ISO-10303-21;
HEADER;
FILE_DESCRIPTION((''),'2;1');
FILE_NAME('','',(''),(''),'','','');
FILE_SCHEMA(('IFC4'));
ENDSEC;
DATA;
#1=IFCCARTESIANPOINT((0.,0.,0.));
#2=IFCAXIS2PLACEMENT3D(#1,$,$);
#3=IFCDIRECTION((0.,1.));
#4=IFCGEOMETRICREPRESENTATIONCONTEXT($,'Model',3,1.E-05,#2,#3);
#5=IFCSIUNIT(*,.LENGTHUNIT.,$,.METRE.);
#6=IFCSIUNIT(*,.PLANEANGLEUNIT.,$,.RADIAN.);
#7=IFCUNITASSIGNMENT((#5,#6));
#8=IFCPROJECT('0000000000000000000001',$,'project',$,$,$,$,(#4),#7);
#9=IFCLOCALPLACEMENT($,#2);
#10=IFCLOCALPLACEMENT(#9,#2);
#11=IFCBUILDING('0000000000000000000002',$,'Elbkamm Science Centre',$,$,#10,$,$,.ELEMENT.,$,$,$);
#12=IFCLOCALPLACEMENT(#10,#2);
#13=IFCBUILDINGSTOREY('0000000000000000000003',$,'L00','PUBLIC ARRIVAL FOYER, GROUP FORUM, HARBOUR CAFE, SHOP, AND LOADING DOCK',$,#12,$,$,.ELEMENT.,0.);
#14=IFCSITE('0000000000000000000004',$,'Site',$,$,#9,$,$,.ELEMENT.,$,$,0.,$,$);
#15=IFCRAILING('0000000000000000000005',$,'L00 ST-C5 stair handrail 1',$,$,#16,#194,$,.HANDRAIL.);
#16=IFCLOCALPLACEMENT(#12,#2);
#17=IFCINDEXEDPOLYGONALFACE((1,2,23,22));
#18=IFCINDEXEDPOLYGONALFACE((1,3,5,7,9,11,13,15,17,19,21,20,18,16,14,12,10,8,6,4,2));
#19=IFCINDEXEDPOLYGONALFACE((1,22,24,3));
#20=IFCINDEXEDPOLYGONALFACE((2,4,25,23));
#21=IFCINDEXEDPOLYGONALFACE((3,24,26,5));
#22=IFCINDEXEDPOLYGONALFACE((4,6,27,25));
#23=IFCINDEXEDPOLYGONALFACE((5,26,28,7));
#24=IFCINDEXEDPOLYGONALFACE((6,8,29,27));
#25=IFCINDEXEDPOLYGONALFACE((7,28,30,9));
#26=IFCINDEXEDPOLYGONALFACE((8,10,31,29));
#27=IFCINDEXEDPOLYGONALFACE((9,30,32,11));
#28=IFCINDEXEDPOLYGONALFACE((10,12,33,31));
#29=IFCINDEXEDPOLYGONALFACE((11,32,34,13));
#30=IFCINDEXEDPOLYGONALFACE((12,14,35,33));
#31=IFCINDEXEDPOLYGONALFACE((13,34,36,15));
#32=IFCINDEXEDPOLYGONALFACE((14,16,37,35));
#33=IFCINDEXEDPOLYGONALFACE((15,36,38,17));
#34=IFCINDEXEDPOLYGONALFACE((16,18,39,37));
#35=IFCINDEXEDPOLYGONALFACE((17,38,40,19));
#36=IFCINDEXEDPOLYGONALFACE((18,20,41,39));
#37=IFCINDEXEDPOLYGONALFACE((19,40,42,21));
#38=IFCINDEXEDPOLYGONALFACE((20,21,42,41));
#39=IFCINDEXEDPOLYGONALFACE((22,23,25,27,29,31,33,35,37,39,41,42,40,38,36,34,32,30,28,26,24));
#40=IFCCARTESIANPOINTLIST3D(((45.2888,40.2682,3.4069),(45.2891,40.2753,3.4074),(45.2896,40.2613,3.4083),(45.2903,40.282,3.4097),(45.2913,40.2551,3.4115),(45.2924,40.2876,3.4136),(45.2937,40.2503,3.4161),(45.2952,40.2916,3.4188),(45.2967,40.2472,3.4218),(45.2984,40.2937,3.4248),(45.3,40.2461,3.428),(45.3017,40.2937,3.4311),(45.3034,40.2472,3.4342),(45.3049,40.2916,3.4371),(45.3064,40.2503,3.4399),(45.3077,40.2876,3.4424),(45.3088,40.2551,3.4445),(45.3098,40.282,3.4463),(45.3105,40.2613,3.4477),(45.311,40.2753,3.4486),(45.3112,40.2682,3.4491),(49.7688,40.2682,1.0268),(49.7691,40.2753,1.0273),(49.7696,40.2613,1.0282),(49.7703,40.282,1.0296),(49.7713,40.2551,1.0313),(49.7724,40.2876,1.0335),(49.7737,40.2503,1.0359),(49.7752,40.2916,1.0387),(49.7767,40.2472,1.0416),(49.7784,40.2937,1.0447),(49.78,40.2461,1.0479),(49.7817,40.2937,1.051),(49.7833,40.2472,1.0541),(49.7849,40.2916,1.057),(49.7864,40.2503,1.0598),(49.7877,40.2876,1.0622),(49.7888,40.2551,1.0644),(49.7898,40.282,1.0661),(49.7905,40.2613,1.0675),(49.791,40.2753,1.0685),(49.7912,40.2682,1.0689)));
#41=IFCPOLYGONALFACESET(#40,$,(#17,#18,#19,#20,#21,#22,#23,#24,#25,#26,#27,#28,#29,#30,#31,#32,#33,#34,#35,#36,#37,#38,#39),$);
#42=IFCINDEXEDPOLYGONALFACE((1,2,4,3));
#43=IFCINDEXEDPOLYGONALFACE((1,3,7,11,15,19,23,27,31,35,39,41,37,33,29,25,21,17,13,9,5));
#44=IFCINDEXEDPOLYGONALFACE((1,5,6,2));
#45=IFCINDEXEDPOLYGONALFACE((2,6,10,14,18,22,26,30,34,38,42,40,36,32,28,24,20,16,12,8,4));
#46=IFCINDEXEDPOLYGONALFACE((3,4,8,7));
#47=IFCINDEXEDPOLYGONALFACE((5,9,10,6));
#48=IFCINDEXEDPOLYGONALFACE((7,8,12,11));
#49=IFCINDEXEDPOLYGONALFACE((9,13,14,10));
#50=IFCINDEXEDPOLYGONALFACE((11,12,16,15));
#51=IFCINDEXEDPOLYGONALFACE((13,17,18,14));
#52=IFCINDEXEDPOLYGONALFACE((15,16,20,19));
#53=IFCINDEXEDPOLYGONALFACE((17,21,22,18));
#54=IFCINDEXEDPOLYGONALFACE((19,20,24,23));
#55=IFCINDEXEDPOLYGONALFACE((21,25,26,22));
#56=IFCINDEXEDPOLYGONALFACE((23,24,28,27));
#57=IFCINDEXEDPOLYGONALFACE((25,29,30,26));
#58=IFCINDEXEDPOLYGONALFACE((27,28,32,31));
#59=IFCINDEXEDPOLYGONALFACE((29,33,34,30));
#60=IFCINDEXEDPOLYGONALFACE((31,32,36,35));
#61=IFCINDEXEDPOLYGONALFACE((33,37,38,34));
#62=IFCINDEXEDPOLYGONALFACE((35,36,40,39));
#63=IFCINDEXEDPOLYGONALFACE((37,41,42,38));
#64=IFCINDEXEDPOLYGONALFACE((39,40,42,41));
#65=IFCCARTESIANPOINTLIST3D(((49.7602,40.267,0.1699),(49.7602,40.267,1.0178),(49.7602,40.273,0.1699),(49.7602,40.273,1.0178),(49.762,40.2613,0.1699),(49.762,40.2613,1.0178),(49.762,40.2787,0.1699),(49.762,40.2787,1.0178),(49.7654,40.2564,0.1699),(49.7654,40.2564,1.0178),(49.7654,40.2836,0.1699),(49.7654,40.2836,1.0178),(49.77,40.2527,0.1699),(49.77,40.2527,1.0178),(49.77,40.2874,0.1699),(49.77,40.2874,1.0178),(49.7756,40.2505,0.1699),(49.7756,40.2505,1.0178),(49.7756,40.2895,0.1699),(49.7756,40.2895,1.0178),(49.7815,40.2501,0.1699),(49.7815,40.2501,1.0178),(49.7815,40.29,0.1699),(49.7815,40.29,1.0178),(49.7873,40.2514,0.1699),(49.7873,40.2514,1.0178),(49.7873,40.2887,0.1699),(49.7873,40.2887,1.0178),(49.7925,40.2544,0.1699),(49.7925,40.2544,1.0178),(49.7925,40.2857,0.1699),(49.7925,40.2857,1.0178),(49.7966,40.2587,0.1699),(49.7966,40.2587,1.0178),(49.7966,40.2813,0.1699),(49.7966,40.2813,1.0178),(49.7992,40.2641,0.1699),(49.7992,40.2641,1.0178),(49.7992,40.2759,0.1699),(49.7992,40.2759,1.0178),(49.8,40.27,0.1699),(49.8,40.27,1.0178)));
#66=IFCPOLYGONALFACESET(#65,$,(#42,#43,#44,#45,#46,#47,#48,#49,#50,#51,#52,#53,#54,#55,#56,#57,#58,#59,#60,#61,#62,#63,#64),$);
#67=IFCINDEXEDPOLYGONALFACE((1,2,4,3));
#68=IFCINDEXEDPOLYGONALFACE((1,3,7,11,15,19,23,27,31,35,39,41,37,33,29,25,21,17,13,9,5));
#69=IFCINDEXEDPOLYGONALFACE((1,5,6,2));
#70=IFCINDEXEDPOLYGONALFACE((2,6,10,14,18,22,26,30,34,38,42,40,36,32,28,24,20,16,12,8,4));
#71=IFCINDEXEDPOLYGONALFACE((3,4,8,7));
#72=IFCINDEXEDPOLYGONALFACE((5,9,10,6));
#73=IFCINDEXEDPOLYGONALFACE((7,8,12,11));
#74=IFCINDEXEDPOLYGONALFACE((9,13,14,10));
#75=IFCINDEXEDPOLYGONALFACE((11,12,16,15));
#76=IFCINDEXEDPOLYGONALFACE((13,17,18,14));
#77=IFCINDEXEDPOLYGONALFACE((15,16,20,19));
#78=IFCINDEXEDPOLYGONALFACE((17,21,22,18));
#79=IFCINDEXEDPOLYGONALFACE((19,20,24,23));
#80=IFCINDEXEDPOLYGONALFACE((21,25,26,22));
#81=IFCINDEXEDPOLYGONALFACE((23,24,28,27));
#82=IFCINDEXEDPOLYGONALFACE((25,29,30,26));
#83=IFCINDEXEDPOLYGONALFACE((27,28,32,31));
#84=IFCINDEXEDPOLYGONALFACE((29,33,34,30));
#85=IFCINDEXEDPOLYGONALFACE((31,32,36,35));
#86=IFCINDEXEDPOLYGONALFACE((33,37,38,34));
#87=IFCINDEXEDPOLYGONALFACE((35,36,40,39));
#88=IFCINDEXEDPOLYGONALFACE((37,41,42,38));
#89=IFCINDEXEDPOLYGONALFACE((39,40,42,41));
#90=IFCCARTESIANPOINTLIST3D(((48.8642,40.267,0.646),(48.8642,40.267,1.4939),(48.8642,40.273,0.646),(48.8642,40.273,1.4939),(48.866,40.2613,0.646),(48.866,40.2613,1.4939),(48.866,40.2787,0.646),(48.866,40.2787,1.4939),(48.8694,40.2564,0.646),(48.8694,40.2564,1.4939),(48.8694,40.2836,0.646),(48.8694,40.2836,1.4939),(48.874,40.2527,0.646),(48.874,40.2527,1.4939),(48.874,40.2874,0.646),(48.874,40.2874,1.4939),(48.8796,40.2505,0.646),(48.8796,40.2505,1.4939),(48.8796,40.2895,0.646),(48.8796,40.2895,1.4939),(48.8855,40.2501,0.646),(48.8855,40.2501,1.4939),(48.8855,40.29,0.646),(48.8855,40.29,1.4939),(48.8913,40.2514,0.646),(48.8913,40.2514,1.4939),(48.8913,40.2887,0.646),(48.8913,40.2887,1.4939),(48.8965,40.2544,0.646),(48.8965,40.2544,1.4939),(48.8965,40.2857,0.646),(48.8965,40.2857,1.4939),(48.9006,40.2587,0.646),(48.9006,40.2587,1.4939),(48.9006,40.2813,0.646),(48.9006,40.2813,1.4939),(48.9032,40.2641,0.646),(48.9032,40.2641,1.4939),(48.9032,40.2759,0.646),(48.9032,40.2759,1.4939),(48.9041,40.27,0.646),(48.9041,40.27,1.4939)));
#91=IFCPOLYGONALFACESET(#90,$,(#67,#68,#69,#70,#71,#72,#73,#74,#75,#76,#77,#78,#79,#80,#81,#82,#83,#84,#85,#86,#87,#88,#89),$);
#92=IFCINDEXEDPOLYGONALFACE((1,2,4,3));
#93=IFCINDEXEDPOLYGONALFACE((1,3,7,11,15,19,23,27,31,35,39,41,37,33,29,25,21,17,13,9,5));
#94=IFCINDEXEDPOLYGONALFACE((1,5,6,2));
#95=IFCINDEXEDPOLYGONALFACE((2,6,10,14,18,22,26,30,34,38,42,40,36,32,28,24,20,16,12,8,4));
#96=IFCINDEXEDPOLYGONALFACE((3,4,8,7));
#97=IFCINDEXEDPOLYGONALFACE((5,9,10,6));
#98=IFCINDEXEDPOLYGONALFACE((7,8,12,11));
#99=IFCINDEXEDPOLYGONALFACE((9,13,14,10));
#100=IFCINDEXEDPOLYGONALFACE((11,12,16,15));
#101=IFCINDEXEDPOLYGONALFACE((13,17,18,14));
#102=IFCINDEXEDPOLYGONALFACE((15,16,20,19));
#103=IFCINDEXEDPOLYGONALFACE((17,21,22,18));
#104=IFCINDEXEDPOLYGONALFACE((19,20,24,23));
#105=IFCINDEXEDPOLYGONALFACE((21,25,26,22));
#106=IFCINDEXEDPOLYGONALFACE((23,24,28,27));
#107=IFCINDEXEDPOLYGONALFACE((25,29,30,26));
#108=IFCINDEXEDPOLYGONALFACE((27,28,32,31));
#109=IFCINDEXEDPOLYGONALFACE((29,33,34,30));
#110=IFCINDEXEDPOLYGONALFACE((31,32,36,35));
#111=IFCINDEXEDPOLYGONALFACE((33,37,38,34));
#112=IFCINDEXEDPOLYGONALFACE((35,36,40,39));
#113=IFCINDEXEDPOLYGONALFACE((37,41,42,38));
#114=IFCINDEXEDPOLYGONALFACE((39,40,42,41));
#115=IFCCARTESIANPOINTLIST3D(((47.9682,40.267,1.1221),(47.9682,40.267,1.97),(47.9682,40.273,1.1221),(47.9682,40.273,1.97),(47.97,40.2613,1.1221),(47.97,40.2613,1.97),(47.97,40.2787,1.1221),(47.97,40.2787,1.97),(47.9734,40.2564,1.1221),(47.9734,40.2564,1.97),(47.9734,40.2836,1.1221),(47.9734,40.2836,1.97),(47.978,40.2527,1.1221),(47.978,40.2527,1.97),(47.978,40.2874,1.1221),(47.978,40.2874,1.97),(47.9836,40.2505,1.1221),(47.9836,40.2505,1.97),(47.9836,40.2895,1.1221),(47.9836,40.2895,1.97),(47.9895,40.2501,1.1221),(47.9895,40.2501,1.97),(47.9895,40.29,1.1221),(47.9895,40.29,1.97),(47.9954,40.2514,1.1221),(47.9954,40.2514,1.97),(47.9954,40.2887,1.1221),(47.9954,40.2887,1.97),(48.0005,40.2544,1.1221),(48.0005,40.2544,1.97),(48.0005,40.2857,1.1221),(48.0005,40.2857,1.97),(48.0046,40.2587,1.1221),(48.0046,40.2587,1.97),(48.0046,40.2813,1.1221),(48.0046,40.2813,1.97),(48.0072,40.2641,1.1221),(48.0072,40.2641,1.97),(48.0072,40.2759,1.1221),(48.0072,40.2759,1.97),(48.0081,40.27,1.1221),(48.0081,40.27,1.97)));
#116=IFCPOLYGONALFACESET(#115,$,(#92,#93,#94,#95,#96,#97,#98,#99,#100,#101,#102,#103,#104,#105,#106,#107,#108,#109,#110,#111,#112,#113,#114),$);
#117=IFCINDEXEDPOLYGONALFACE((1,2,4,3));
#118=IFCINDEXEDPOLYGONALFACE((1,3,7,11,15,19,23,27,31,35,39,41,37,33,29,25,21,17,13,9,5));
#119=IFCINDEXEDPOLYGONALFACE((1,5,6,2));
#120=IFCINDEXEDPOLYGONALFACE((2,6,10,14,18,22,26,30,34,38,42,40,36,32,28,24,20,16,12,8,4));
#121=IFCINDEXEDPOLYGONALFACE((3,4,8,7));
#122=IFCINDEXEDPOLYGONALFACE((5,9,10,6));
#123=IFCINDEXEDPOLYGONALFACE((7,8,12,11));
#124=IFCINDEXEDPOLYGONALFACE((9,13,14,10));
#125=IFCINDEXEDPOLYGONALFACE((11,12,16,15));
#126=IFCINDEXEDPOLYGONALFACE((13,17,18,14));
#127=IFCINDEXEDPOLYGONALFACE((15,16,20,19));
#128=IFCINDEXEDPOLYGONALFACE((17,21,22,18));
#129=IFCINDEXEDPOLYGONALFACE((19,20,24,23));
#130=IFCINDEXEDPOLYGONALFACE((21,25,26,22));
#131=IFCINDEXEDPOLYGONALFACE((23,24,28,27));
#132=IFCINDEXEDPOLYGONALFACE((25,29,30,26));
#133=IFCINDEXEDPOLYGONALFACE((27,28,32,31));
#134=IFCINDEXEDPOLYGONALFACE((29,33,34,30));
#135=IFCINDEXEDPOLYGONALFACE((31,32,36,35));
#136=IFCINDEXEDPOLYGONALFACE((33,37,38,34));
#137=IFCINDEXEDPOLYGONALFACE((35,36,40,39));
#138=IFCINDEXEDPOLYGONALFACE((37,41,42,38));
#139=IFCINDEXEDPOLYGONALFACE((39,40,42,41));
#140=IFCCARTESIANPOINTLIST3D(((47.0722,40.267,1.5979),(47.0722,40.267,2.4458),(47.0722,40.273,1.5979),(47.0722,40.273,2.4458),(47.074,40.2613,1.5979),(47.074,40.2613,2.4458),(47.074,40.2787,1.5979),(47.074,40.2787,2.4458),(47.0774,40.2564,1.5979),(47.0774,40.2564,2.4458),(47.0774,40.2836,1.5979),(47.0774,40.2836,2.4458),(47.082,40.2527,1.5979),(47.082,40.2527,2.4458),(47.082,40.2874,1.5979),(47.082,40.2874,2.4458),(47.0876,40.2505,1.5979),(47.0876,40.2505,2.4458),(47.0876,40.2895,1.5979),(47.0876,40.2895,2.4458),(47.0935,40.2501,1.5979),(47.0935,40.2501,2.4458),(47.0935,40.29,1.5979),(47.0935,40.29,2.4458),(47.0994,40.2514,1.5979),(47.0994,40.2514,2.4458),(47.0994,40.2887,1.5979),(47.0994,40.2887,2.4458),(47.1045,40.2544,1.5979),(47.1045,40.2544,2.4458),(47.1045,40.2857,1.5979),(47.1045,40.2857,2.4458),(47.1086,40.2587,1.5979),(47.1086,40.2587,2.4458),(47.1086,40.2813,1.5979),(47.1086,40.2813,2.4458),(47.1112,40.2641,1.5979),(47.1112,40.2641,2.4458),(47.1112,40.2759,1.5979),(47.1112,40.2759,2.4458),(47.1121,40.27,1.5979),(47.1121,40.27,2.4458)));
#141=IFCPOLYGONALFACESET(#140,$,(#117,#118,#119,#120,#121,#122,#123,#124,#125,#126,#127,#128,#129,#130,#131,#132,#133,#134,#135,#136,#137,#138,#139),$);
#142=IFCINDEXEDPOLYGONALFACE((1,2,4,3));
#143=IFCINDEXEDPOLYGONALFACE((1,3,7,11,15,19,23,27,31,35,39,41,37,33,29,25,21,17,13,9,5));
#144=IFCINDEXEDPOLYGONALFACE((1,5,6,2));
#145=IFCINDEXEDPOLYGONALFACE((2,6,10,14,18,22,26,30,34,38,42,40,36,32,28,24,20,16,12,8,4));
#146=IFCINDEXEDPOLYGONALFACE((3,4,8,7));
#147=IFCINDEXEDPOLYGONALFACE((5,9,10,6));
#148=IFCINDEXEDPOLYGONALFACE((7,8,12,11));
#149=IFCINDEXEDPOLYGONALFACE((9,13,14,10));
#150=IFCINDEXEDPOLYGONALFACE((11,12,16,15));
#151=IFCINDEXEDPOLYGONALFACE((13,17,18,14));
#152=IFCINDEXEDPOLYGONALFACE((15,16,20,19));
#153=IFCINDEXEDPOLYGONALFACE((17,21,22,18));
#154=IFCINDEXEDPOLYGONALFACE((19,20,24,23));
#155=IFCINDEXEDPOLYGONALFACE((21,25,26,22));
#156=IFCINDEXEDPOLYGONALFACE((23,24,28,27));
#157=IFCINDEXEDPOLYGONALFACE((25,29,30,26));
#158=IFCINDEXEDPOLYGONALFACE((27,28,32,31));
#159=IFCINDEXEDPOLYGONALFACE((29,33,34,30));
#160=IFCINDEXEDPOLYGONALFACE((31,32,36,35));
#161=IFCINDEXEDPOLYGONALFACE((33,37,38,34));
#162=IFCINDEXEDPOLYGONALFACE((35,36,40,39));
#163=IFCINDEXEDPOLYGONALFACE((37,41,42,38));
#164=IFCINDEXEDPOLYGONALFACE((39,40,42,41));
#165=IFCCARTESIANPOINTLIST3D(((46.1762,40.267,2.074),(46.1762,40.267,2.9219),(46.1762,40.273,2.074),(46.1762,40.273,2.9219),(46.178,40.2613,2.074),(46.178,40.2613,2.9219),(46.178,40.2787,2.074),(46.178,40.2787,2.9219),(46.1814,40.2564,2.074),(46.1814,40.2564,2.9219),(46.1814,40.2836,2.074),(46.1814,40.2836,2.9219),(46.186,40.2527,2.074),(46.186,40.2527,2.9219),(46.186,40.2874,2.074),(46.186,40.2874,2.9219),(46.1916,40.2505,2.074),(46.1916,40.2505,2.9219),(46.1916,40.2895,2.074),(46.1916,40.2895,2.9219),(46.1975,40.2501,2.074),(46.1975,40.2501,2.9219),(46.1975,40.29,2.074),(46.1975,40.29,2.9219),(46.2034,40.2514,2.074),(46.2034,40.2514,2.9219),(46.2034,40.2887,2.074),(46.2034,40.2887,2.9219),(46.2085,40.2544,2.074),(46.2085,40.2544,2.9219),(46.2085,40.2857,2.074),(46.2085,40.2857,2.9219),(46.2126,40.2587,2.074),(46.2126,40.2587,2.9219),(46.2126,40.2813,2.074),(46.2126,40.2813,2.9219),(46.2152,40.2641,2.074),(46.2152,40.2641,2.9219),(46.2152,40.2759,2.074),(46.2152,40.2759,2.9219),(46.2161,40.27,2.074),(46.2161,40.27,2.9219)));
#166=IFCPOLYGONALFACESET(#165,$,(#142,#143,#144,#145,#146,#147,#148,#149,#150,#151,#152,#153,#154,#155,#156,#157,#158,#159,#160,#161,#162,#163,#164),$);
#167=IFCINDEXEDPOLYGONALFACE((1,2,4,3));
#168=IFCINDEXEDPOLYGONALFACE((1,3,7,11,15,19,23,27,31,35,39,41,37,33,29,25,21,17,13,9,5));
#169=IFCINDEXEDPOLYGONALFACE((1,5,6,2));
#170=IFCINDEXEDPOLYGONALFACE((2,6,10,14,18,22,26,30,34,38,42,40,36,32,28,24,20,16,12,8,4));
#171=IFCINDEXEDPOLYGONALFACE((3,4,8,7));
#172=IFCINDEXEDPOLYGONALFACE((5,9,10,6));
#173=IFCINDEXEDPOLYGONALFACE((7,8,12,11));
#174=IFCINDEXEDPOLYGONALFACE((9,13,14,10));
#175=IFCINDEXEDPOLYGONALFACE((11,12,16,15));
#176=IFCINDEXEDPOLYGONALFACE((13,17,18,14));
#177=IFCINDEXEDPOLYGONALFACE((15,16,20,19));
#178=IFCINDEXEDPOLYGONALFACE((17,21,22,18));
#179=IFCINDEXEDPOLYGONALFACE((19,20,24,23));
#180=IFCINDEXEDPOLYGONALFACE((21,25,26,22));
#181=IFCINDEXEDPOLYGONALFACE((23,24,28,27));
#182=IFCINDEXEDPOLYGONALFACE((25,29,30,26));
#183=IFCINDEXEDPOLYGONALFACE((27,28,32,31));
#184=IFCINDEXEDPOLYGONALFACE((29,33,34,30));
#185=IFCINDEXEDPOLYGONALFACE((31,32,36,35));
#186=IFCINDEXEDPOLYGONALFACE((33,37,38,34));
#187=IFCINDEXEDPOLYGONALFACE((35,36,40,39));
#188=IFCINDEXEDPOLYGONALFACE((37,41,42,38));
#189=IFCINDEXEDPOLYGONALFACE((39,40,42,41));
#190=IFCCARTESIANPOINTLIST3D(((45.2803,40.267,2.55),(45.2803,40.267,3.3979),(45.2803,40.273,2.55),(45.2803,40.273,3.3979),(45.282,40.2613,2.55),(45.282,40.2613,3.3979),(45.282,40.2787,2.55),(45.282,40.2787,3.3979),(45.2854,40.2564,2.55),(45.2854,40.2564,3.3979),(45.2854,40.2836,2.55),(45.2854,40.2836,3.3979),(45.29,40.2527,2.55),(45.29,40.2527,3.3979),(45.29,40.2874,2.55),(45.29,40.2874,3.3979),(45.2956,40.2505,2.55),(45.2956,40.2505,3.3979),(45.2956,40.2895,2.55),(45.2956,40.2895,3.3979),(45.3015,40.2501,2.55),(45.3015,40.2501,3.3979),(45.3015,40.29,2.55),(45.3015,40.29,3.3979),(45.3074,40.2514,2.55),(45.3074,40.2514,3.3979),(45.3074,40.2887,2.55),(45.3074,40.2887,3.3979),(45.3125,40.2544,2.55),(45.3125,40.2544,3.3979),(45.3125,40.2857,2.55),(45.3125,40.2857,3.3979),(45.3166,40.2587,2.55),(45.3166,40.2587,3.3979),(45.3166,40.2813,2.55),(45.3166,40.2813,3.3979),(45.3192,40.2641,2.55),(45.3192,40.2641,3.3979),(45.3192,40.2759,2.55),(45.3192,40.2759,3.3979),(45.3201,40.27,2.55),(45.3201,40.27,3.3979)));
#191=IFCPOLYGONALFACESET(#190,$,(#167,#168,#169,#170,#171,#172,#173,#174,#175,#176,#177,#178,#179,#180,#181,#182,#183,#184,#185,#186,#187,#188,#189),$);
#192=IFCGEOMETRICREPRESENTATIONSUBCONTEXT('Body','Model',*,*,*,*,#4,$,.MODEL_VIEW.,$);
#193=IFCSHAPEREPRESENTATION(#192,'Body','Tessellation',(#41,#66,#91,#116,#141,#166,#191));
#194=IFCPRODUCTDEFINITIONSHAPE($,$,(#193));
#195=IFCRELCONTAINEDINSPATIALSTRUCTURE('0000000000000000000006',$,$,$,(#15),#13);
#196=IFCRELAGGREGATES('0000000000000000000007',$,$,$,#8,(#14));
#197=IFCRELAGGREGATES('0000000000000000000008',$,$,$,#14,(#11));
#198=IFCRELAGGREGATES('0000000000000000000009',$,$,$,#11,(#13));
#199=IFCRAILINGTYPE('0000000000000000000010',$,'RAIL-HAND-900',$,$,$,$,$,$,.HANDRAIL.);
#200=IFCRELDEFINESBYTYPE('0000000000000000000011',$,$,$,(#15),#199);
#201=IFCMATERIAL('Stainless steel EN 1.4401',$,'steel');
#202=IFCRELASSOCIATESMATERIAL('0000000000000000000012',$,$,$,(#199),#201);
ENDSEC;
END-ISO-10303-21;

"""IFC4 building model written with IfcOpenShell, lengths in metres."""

from ifc_helpers import new_model, si_unit, direction, frame, origin, origin_2d, place, context, subcontext, project, spatial, circle, extrude, material, type_object, element, save


model = new_model("IFC4")

# Units and contexts
model_context = context("Model", 3, precision=1e-05, world=origin(), true_north=direction((0.0, 1.0)))
body_context = subcontext(model_context, "Body", "Model", "MODEL_VIEW")
ifc_project = project(units=[si_unit("LENGTHUNIT", "METRE"), si_unit("PLANEANGLEUNIT", "RADIAN")], contexts=[model_context])

# Site, building, storey
site_placement = place(None, origin())
site = spatial("IfcSite", under=ifc_project, at=site_placement, Name="Site", CompositionType="ELEMENT", RefElevation=0.0)
building_placement = place(site_placement, origin())
building = spatial("IfcBuilding", under=site, at=building_placement, Name="Elbkamm Science Centre", CompositionType="ELEMENT")
storey_placement = place(building_placement, origin())
storey = spatial("IfcBuildingStorey", under=building, at=storey_placement, Name="L00", Description="PUBLIC ARRIVAL FOYER, GROUP FORUM, HARBOUR CAFE, SHOP, AND LOADING DOCK", CompositionType="ELEMENT", Elevation=0.0)

# Railing
ifc_material_1 = material(Name="Stainless steel EN 1.4401", Category="steel")
railing_type_1 = type_object("IfcRailingType", Name="RAIL-HAND-900", PredefinedType="HANDRAIL", material=ifc_material_1)
railing_1_placement = place(storey_placement, frame((49.78, 40.27, 0.1699)))
element("IfcRailing", 1, at=railing_1_placement, inside=storey, type_object=railing_type_1, Name="L00 ST-C5 stair handrail 1", PredefinedType="HANDRAIL", context=body_context, shape_type="SweptSolid", body=[
    extrude(circle(Radius=0.0239, at=origin_2d()), frame((0.0, 0.0, 0.8779), z_axis=(-0.883105, 0.0, 0.469176), x_axis=(0.0, -1.0, 0.0)), (0.0, 0.0, 1.0), 5.073),
    extrude(circle(Radius=0.02, at=origin_2d()), origin(), (0.0, 0.0, 1.0), 0.8479),
    extrude(circle(Radius=0.02, at=origin_2d()), frame((-0.896, 0.0, 0.4761)), (0.0, 0.0, 1.0), 0.8479),
    extrude(circle(Radius=0.02, at=origin_2d()), frame((-1.792, 0.0, 0.9521)), (0.0, 0.0, 1.0), 0.8479),
    extrude(circle(Radius=0.02, at=origin_2d()), frame((-2.688, 0.0, 1.428)), (0.0, 0.0, 1.0), 0.8479),
    extrude(circle(Radius=0.02, at=origin_2d()), frame((-3.584, 0.0, 1.9041)), (0.0, 0.0, 1.0), 0.8479),
    extrude(circle(Radius=0.02, at=origin_2d()), frame((-4.48, 0.0, 2.3801)), (0.0, 0.0, 1.0), 0.8479),
])

save(model, "model.ifc")
